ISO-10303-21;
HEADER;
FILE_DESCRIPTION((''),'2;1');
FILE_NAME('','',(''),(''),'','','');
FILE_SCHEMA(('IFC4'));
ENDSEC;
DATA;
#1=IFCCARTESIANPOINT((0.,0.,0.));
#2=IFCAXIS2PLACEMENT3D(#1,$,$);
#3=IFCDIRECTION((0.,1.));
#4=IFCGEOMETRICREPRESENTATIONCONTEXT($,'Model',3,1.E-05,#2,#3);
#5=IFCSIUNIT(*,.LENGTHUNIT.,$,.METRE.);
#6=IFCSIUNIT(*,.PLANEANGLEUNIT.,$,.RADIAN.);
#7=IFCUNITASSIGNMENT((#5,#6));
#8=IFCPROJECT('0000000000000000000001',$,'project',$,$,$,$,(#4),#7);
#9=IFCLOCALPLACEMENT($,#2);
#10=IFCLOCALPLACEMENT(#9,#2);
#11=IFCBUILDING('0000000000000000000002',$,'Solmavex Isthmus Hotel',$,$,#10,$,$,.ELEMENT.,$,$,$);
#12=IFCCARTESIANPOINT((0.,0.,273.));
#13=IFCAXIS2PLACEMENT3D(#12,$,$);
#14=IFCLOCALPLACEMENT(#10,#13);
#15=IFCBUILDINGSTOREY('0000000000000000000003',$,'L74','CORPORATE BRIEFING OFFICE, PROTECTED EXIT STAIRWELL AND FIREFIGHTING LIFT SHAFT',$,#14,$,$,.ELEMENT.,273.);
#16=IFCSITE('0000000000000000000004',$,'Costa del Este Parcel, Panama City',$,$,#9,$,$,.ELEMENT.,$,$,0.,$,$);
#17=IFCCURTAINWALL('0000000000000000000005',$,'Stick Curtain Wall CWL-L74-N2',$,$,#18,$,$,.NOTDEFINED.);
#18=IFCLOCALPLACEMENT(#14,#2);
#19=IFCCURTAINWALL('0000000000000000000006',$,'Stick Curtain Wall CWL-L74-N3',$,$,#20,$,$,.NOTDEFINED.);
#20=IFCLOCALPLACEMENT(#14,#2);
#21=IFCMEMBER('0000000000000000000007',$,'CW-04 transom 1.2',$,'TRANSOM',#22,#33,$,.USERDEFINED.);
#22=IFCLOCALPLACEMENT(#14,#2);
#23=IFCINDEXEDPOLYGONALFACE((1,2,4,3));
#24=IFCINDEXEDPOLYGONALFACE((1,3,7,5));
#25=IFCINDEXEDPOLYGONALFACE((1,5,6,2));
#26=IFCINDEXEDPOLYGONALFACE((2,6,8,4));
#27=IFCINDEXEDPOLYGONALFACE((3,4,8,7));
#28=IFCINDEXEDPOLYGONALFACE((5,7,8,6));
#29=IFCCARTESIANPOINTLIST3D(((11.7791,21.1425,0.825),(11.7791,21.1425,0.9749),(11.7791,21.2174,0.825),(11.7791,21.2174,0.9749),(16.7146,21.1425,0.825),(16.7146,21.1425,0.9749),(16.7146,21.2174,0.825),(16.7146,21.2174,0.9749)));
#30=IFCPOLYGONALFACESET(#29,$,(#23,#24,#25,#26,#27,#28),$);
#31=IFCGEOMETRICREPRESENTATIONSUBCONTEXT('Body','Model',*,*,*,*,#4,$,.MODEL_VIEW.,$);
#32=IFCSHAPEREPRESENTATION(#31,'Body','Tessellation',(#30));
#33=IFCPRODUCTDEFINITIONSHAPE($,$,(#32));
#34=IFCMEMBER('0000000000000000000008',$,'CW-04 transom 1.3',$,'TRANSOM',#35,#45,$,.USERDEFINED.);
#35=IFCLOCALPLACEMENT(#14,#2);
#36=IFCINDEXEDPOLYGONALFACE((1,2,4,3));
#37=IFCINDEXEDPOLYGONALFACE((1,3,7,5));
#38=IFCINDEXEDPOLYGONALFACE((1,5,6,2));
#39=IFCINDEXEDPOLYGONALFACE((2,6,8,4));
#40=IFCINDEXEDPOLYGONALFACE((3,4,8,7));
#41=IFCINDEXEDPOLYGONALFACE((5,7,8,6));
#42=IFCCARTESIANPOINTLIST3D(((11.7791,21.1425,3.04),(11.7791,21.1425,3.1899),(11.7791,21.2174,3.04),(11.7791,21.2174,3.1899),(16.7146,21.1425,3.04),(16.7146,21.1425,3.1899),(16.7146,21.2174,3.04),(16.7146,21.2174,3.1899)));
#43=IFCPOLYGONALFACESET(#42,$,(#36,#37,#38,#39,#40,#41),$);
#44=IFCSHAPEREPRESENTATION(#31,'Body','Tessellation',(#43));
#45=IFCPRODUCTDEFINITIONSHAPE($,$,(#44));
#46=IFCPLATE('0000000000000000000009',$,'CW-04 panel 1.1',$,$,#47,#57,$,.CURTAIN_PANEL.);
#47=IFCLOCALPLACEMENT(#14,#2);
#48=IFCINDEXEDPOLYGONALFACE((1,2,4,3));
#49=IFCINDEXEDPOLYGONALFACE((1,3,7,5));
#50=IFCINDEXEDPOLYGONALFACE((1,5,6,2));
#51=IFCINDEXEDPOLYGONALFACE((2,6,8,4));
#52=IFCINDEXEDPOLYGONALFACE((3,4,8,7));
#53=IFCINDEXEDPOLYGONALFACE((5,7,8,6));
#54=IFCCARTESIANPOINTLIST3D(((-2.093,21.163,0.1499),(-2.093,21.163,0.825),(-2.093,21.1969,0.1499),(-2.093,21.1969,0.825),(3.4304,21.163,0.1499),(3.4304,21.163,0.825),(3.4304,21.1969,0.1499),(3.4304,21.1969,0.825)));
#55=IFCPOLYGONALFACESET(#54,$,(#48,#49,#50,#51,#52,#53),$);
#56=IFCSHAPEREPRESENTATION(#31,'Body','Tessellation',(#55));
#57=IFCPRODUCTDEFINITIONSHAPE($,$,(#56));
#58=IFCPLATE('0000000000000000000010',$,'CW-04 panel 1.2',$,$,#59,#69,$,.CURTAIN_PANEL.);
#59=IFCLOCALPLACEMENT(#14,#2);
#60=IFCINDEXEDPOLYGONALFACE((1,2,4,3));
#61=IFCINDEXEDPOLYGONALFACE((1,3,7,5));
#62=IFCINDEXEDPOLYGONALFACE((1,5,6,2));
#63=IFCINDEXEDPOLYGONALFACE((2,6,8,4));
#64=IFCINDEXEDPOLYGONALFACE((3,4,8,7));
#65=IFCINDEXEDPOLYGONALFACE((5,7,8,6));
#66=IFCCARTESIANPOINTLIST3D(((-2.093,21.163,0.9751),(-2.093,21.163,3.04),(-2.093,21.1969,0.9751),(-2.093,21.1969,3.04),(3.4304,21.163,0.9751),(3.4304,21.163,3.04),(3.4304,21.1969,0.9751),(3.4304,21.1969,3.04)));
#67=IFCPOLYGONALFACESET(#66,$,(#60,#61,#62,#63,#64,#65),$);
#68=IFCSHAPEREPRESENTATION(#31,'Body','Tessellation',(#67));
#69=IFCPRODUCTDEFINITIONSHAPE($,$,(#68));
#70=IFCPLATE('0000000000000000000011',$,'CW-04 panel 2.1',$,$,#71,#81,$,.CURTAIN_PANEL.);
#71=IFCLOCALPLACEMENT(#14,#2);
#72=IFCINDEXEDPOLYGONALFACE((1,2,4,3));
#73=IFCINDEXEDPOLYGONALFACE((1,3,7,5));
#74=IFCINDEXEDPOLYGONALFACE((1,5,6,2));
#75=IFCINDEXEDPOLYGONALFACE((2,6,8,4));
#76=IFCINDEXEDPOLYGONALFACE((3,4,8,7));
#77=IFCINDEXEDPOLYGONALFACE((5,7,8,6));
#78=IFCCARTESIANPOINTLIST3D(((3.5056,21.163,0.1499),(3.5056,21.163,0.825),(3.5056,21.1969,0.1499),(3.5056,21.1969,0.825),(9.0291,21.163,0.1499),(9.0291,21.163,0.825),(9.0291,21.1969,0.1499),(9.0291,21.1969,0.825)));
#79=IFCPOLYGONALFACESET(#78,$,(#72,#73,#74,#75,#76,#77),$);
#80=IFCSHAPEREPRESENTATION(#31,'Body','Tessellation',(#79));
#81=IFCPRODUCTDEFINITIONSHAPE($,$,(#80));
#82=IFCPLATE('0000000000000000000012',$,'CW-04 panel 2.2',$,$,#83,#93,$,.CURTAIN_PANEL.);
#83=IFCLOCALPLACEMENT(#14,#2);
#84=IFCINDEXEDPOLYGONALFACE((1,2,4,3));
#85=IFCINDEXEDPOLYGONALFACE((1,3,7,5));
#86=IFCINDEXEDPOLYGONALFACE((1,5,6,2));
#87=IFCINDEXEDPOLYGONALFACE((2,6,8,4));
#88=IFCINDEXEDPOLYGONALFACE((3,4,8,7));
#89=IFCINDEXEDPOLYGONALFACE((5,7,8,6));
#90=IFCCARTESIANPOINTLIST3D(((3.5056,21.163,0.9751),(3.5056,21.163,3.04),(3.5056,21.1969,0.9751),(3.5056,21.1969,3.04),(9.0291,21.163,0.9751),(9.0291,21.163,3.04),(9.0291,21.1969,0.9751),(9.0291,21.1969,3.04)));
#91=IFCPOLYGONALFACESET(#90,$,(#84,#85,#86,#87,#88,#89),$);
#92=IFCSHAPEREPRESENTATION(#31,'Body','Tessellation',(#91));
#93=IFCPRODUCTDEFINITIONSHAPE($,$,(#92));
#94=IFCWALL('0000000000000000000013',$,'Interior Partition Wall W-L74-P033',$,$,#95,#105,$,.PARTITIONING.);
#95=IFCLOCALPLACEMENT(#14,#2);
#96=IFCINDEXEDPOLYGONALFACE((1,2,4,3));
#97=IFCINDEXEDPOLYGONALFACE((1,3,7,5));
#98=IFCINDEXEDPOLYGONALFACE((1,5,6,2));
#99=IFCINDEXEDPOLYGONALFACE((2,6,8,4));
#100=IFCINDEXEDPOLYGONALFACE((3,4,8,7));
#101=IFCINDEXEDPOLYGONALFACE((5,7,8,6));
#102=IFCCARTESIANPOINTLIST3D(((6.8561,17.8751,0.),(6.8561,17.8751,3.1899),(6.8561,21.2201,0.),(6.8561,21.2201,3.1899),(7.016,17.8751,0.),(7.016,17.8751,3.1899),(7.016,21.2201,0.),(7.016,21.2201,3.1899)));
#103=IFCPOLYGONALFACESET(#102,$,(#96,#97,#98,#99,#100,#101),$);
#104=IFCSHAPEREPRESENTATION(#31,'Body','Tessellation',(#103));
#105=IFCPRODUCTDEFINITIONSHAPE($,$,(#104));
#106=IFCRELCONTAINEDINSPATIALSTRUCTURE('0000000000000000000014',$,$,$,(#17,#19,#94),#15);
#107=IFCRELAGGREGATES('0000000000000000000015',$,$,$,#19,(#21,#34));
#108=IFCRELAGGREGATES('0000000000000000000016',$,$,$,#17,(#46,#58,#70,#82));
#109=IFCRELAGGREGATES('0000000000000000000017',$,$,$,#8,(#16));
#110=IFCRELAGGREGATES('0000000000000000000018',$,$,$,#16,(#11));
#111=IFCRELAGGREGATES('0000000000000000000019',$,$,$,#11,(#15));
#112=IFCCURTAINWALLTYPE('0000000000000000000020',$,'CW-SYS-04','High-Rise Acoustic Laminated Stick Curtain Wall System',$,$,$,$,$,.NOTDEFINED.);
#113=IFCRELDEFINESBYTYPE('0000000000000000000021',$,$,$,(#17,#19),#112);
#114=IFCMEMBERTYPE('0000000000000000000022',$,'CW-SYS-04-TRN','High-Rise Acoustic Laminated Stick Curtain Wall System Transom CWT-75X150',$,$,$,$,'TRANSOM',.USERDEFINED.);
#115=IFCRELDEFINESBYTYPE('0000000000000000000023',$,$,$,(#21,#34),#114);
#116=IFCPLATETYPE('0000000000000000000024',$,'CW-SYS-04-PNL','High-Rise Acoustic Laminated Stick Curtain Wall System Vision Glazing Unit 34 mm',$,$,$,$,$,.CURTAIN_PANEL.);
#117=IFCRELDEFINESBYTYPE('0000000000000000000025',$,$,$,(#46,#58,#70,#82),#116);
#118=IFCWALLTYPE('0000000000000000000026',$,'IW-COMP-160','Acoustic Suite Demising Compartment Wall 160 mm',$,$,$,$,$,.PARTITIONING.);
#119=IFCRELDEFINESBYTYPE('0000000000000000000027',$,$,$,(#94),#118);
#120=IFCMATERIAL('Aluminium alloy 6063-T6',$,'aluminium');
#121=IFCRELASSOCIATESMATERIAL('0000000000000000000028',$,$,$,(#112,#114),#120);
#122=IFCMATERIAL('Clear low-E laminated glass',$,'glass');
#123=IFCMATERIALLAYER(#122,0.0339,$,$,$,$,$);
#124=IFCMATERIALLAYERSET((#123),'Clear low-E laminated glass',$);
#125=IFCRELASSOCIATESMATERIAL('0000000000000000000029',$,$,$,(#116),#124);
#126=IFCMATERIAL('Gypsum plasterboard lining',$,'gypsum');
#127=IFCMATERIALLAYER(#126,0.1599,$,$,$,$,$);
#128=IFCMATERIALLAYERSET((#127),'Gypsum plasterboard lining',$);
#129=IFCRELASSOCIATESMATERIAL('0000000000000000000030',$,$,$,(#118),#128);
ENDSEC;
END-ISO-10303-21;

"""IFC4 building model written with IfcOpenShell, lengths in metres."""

from ifc_helpers import new_model, si_unit, direction, frame, frame_2d, origin, origin_2d, place, context, subcontext, project, spatial, rectangle, extrude, material, layer, layer_set, material_profile, profile_set, type_object, element, aggregate, save


model = new_model("IFC4")

# Units and contexts
model_context = context("Model", 3, precision=1e-05, world=origin(), true_north=direction((0.0, 1.0)))
body_context = subcontext(model_context, "Body", "Model", "MODEL_VIEW")
ifc_project = project(units=[si_unit("LENGTHUNIT", "METRE"), si_unit("PLANEANGLEUNIT", "RADIAN")], contexts=[model_context])

# Site, building, storey
site_placement = place(None, origin())
site = spatial("IfcSite", under=ifc_project, at=site_placement, Name="Costa del Este Parcel, Panama City", CompositionType="ELEMENT", RefElevation=0.0)
building_placement = place(site_placement, origin())
building = spatial("IfcBuilding", under=site, at=building_placement, Name="Solmavex Isthmus Hotel", CompositionType="ELEMENT")
storey_placement = place(building_placement, frame((0.0, 0.0, 273.0)))
storey = spatial("IfcBuildingStorey", under=building, at=storey_placement, Name="L74", Description="CORPORATE BRIEFING OFFICE, PROTECTED EXIT STAIRWELL AND FIREFIGHTING LIFT SHAFT", CompositionType="ELEMENT", Elevation=273.0)

# Curtain wall
ifc_material_1 = material(Name="Aluminium alloy 6063-T6", Category="aluminium")
curtain_wall_type = type_object("IfcCurtainWallType", Name="CW-SYS-04", Description="High-Rise Acoustic Laminated Stick Curtain Wall System", PredefinedType="NOTDEFINED", material=ifc_material_1)
curtain_wall_1_placement = place(storey_placement, origin())
curtain_wall_1 = element("IfcCurtainWall", 1, at=curtain_wall_1_placement, inside=storey, type_object=curtain_wall_type, Name="Stick Curtain Wall CWL-L74-N2", PredefinedType="NOTDEFINED")

# Curtain wall
curtain_wall_2_placement = place(storey_placement, origin())
curtain_wall_2 = element("IfcCurtainWall", 2, at=curtain_wall_2_placement, inside=storey, type_object=curtain_wall_type, Name="Stick Curtain Wall CWL-L74-N3", PredefinedType="NOTDEFINED")

# Members
ifc_material_profile_1 = material_profile(ifc_material_1, rectangle(XDim=0.075, YDim=0.1499, at=origin_2d()), Name="CWT-75X150")
ifc_profile_set_1 = profile_set([ifc_material_profile_1], Name="Aluminium alloy 6063-T6")
member_type_1 = type_object("IfcMemberType", Name="CW-SYS-04-TRN", Description="High-Rise Acoustic Laminated Stick Curtain Wall System Transom CWT-75X150", ElementType="TRANSOM", PredefinedType="USERDEFINED", material=ifc_profile_set_1)
member_1_placement = place(storey_placement, frame((11.7791, 21.1799, 0.8999), z_axis=(1.0, 0.0, 0.0), x_axis=(0.0, 1.0, 0.0)))
member_1 = element("IfcMember", 3, at=member_1_placement, type_object=member_type_1, Name="CW-04 transom 1.2", ObjectType="TRANSOM", PredefinedType="USERDEFINED", context=body_context, shape_type="SweptSolid", body=[
    extrude(rectangle(XDim=0.075, YDim=0.1499, at=origin_2d()), origin(), (0.0, 0.0, 1.0), 4.9355),
])
member_2_placement = place(storey_placement, frame((11.7791, 21.1799, 3.115), z_axis=(1.0, 0.0, 0.0), x_axis=(0.0, 1.0, 0.0)))
member_2 = element("IfcMember", 4, at=member_2_placement, type_object=member_type_1, Name="CW-04 transom 1.3", ObjectType="TRANSOM", PredefinedType="USERDEFINED", context=body_context, shape_type="SweptSolid", body=[
    extrude(rectangle(XDim=0.075, YDim=0.1499, at=origin_2d()), origin(), (0.0, 0.0, 1.0), 4.9355),
])
aggregate(curtain_wall_2, [member_1, member_2])

# Plates
ifc_material_2 = material(Name="Clear low-E laminated glass", Category="glass")
ifc_layer_1 = layer(ifc_material_2, 0.0339)
ifc_layer_set_1 = layer_set([ifc_layer_1], Name="Clear low-E laminated glass")
plate_type = type_object("IfcPlateType", Name="CW-SYS-04-PNL", Description="High-Rise Acoustic Laminated Stick Curtain Wall System Vision Glazing Unit 34 mm", PredefinedType="CURTAIN_PANEL", material=ifc_layer_set_1)
plate_1_placement = place(storey_placement, frame((0.6687, 21.1799, 0.1499), z_axis=(0.0, 0.0, 1.0), x_axis=(1.0, 0.0, 0.0)))
plate_1 = element("IfcPlate", 5, at=plate_1_placement, type_object=plate_type, Name="CW-04 panel 1.1", PredefinedType="CURTAIN_PANEL", context=body_context, shape_type="SweptSolid", body=[
    extrude(rectangle(XDim=5.5234, YDim=0.0339, at=origin_2d()), origin(), (0.0, 0.0, 1.0), 0.675),
])
plate_2_placement = place(storey_placement, frame((0.6687, 21.1799, 0.9751), z_axis=(0.0, 0.0, 1.0), x_axis=(1.0, 0.0, 0.0)))
plate_2 = element("IfcPlate", 6, at=plate_2_placement, type_object=plate_type, Name="CW-04 panel 1.2", PredefinedType="CURTAIN_PANEL", context=body_context, shape_type="SweptSolid", body=[
    extrude(rectangle(XDim=5.5234, YDim=0.0339, at=origin_2d()), origin(), (0.0, 0.0, 1.0), 2.0649),
])
plate_3_placement = place(storey_placement, frame((6.2673, 21.1799, 0.1499), z_axis=(0.0, 0.0, 1.0), x_axis=(1.0, 0.0, 0.0)))
plate_3 = element("IfcPlate", 7, at=plate_3_placement, type_object=plate_type, Name="CW-04 panel 2.1", PredefinedType="CURTAIN_PANEL", context=body_context, shape_type="SweptSolid", body=[
    extrude(rectangle(XDim=5.5234, YDim=0.0339, at=origin_2d()), origin(), (0.0, 0.0, 1.0), 0.675),
])
plate_4_placement = place(storey_placement, frame((6.2673, 21.1799, 0.9751), z_axis=(0.0, 0.0, 1.0), x_axis=(1.0, 0.0, 0.0)))
plate_4 = element("IfcPlate", 8, at=plate_4_placement, type_object=plate_type, Name="CW-04 panel 2.2", PredefinedType="CURTAIN_PANEL", context=body_context, shape_type="SweptSolid", body=[
    extrude(rectangle(XDim=5.5234, YDim=0.0339, at=origin_2d()), origin(), (0.0, 0.0, 1.0), 2.0649),
])
aggregate(curtain_wall_1, [plate_1, plate_2, plate_3, plate_4])

# Wall
ifc_material_3 = material(Name="Gypsum plasterboard lining", Category="gypsum")
ifc_layer_2 = layer(ifc_material_3, 0.1599)
ifc_layer_set_2 = layer_set([ifc_layer_2], Name="Gypsum plasterboard lining")
wall_type_1 = type_object("IfcWallType", Name="IW-COMP-160", Description="Acoustic Suite Demising Compartment Wall 160 mm", PredefinedType="PARTITIONING", material=ifc_layer_set_2)
wall_1_placement = place(storey_placement, frame((6.936, 21.22, 0.0), z_axis=(0.0, 0.0, 1.0), x_axis=(0.0, -1.0, 0.0)))
element("IfcWall", 9, at=wall_1_placement, inside=storey, type_object=wall_type_1, Name="Interior Partition Wall W-L74-P033", PredefinedType="PARTITIONING", context=body_context, shape_type="SweptSolid", body=[
    extrude(rectangle(XDim=3.345, YDim=0.1599, at=frame_2d((1.6724, 0.0))), origin(), (0.0, 0.0, 1.0), 3.1899),
])

save(model, "model.ifc")
